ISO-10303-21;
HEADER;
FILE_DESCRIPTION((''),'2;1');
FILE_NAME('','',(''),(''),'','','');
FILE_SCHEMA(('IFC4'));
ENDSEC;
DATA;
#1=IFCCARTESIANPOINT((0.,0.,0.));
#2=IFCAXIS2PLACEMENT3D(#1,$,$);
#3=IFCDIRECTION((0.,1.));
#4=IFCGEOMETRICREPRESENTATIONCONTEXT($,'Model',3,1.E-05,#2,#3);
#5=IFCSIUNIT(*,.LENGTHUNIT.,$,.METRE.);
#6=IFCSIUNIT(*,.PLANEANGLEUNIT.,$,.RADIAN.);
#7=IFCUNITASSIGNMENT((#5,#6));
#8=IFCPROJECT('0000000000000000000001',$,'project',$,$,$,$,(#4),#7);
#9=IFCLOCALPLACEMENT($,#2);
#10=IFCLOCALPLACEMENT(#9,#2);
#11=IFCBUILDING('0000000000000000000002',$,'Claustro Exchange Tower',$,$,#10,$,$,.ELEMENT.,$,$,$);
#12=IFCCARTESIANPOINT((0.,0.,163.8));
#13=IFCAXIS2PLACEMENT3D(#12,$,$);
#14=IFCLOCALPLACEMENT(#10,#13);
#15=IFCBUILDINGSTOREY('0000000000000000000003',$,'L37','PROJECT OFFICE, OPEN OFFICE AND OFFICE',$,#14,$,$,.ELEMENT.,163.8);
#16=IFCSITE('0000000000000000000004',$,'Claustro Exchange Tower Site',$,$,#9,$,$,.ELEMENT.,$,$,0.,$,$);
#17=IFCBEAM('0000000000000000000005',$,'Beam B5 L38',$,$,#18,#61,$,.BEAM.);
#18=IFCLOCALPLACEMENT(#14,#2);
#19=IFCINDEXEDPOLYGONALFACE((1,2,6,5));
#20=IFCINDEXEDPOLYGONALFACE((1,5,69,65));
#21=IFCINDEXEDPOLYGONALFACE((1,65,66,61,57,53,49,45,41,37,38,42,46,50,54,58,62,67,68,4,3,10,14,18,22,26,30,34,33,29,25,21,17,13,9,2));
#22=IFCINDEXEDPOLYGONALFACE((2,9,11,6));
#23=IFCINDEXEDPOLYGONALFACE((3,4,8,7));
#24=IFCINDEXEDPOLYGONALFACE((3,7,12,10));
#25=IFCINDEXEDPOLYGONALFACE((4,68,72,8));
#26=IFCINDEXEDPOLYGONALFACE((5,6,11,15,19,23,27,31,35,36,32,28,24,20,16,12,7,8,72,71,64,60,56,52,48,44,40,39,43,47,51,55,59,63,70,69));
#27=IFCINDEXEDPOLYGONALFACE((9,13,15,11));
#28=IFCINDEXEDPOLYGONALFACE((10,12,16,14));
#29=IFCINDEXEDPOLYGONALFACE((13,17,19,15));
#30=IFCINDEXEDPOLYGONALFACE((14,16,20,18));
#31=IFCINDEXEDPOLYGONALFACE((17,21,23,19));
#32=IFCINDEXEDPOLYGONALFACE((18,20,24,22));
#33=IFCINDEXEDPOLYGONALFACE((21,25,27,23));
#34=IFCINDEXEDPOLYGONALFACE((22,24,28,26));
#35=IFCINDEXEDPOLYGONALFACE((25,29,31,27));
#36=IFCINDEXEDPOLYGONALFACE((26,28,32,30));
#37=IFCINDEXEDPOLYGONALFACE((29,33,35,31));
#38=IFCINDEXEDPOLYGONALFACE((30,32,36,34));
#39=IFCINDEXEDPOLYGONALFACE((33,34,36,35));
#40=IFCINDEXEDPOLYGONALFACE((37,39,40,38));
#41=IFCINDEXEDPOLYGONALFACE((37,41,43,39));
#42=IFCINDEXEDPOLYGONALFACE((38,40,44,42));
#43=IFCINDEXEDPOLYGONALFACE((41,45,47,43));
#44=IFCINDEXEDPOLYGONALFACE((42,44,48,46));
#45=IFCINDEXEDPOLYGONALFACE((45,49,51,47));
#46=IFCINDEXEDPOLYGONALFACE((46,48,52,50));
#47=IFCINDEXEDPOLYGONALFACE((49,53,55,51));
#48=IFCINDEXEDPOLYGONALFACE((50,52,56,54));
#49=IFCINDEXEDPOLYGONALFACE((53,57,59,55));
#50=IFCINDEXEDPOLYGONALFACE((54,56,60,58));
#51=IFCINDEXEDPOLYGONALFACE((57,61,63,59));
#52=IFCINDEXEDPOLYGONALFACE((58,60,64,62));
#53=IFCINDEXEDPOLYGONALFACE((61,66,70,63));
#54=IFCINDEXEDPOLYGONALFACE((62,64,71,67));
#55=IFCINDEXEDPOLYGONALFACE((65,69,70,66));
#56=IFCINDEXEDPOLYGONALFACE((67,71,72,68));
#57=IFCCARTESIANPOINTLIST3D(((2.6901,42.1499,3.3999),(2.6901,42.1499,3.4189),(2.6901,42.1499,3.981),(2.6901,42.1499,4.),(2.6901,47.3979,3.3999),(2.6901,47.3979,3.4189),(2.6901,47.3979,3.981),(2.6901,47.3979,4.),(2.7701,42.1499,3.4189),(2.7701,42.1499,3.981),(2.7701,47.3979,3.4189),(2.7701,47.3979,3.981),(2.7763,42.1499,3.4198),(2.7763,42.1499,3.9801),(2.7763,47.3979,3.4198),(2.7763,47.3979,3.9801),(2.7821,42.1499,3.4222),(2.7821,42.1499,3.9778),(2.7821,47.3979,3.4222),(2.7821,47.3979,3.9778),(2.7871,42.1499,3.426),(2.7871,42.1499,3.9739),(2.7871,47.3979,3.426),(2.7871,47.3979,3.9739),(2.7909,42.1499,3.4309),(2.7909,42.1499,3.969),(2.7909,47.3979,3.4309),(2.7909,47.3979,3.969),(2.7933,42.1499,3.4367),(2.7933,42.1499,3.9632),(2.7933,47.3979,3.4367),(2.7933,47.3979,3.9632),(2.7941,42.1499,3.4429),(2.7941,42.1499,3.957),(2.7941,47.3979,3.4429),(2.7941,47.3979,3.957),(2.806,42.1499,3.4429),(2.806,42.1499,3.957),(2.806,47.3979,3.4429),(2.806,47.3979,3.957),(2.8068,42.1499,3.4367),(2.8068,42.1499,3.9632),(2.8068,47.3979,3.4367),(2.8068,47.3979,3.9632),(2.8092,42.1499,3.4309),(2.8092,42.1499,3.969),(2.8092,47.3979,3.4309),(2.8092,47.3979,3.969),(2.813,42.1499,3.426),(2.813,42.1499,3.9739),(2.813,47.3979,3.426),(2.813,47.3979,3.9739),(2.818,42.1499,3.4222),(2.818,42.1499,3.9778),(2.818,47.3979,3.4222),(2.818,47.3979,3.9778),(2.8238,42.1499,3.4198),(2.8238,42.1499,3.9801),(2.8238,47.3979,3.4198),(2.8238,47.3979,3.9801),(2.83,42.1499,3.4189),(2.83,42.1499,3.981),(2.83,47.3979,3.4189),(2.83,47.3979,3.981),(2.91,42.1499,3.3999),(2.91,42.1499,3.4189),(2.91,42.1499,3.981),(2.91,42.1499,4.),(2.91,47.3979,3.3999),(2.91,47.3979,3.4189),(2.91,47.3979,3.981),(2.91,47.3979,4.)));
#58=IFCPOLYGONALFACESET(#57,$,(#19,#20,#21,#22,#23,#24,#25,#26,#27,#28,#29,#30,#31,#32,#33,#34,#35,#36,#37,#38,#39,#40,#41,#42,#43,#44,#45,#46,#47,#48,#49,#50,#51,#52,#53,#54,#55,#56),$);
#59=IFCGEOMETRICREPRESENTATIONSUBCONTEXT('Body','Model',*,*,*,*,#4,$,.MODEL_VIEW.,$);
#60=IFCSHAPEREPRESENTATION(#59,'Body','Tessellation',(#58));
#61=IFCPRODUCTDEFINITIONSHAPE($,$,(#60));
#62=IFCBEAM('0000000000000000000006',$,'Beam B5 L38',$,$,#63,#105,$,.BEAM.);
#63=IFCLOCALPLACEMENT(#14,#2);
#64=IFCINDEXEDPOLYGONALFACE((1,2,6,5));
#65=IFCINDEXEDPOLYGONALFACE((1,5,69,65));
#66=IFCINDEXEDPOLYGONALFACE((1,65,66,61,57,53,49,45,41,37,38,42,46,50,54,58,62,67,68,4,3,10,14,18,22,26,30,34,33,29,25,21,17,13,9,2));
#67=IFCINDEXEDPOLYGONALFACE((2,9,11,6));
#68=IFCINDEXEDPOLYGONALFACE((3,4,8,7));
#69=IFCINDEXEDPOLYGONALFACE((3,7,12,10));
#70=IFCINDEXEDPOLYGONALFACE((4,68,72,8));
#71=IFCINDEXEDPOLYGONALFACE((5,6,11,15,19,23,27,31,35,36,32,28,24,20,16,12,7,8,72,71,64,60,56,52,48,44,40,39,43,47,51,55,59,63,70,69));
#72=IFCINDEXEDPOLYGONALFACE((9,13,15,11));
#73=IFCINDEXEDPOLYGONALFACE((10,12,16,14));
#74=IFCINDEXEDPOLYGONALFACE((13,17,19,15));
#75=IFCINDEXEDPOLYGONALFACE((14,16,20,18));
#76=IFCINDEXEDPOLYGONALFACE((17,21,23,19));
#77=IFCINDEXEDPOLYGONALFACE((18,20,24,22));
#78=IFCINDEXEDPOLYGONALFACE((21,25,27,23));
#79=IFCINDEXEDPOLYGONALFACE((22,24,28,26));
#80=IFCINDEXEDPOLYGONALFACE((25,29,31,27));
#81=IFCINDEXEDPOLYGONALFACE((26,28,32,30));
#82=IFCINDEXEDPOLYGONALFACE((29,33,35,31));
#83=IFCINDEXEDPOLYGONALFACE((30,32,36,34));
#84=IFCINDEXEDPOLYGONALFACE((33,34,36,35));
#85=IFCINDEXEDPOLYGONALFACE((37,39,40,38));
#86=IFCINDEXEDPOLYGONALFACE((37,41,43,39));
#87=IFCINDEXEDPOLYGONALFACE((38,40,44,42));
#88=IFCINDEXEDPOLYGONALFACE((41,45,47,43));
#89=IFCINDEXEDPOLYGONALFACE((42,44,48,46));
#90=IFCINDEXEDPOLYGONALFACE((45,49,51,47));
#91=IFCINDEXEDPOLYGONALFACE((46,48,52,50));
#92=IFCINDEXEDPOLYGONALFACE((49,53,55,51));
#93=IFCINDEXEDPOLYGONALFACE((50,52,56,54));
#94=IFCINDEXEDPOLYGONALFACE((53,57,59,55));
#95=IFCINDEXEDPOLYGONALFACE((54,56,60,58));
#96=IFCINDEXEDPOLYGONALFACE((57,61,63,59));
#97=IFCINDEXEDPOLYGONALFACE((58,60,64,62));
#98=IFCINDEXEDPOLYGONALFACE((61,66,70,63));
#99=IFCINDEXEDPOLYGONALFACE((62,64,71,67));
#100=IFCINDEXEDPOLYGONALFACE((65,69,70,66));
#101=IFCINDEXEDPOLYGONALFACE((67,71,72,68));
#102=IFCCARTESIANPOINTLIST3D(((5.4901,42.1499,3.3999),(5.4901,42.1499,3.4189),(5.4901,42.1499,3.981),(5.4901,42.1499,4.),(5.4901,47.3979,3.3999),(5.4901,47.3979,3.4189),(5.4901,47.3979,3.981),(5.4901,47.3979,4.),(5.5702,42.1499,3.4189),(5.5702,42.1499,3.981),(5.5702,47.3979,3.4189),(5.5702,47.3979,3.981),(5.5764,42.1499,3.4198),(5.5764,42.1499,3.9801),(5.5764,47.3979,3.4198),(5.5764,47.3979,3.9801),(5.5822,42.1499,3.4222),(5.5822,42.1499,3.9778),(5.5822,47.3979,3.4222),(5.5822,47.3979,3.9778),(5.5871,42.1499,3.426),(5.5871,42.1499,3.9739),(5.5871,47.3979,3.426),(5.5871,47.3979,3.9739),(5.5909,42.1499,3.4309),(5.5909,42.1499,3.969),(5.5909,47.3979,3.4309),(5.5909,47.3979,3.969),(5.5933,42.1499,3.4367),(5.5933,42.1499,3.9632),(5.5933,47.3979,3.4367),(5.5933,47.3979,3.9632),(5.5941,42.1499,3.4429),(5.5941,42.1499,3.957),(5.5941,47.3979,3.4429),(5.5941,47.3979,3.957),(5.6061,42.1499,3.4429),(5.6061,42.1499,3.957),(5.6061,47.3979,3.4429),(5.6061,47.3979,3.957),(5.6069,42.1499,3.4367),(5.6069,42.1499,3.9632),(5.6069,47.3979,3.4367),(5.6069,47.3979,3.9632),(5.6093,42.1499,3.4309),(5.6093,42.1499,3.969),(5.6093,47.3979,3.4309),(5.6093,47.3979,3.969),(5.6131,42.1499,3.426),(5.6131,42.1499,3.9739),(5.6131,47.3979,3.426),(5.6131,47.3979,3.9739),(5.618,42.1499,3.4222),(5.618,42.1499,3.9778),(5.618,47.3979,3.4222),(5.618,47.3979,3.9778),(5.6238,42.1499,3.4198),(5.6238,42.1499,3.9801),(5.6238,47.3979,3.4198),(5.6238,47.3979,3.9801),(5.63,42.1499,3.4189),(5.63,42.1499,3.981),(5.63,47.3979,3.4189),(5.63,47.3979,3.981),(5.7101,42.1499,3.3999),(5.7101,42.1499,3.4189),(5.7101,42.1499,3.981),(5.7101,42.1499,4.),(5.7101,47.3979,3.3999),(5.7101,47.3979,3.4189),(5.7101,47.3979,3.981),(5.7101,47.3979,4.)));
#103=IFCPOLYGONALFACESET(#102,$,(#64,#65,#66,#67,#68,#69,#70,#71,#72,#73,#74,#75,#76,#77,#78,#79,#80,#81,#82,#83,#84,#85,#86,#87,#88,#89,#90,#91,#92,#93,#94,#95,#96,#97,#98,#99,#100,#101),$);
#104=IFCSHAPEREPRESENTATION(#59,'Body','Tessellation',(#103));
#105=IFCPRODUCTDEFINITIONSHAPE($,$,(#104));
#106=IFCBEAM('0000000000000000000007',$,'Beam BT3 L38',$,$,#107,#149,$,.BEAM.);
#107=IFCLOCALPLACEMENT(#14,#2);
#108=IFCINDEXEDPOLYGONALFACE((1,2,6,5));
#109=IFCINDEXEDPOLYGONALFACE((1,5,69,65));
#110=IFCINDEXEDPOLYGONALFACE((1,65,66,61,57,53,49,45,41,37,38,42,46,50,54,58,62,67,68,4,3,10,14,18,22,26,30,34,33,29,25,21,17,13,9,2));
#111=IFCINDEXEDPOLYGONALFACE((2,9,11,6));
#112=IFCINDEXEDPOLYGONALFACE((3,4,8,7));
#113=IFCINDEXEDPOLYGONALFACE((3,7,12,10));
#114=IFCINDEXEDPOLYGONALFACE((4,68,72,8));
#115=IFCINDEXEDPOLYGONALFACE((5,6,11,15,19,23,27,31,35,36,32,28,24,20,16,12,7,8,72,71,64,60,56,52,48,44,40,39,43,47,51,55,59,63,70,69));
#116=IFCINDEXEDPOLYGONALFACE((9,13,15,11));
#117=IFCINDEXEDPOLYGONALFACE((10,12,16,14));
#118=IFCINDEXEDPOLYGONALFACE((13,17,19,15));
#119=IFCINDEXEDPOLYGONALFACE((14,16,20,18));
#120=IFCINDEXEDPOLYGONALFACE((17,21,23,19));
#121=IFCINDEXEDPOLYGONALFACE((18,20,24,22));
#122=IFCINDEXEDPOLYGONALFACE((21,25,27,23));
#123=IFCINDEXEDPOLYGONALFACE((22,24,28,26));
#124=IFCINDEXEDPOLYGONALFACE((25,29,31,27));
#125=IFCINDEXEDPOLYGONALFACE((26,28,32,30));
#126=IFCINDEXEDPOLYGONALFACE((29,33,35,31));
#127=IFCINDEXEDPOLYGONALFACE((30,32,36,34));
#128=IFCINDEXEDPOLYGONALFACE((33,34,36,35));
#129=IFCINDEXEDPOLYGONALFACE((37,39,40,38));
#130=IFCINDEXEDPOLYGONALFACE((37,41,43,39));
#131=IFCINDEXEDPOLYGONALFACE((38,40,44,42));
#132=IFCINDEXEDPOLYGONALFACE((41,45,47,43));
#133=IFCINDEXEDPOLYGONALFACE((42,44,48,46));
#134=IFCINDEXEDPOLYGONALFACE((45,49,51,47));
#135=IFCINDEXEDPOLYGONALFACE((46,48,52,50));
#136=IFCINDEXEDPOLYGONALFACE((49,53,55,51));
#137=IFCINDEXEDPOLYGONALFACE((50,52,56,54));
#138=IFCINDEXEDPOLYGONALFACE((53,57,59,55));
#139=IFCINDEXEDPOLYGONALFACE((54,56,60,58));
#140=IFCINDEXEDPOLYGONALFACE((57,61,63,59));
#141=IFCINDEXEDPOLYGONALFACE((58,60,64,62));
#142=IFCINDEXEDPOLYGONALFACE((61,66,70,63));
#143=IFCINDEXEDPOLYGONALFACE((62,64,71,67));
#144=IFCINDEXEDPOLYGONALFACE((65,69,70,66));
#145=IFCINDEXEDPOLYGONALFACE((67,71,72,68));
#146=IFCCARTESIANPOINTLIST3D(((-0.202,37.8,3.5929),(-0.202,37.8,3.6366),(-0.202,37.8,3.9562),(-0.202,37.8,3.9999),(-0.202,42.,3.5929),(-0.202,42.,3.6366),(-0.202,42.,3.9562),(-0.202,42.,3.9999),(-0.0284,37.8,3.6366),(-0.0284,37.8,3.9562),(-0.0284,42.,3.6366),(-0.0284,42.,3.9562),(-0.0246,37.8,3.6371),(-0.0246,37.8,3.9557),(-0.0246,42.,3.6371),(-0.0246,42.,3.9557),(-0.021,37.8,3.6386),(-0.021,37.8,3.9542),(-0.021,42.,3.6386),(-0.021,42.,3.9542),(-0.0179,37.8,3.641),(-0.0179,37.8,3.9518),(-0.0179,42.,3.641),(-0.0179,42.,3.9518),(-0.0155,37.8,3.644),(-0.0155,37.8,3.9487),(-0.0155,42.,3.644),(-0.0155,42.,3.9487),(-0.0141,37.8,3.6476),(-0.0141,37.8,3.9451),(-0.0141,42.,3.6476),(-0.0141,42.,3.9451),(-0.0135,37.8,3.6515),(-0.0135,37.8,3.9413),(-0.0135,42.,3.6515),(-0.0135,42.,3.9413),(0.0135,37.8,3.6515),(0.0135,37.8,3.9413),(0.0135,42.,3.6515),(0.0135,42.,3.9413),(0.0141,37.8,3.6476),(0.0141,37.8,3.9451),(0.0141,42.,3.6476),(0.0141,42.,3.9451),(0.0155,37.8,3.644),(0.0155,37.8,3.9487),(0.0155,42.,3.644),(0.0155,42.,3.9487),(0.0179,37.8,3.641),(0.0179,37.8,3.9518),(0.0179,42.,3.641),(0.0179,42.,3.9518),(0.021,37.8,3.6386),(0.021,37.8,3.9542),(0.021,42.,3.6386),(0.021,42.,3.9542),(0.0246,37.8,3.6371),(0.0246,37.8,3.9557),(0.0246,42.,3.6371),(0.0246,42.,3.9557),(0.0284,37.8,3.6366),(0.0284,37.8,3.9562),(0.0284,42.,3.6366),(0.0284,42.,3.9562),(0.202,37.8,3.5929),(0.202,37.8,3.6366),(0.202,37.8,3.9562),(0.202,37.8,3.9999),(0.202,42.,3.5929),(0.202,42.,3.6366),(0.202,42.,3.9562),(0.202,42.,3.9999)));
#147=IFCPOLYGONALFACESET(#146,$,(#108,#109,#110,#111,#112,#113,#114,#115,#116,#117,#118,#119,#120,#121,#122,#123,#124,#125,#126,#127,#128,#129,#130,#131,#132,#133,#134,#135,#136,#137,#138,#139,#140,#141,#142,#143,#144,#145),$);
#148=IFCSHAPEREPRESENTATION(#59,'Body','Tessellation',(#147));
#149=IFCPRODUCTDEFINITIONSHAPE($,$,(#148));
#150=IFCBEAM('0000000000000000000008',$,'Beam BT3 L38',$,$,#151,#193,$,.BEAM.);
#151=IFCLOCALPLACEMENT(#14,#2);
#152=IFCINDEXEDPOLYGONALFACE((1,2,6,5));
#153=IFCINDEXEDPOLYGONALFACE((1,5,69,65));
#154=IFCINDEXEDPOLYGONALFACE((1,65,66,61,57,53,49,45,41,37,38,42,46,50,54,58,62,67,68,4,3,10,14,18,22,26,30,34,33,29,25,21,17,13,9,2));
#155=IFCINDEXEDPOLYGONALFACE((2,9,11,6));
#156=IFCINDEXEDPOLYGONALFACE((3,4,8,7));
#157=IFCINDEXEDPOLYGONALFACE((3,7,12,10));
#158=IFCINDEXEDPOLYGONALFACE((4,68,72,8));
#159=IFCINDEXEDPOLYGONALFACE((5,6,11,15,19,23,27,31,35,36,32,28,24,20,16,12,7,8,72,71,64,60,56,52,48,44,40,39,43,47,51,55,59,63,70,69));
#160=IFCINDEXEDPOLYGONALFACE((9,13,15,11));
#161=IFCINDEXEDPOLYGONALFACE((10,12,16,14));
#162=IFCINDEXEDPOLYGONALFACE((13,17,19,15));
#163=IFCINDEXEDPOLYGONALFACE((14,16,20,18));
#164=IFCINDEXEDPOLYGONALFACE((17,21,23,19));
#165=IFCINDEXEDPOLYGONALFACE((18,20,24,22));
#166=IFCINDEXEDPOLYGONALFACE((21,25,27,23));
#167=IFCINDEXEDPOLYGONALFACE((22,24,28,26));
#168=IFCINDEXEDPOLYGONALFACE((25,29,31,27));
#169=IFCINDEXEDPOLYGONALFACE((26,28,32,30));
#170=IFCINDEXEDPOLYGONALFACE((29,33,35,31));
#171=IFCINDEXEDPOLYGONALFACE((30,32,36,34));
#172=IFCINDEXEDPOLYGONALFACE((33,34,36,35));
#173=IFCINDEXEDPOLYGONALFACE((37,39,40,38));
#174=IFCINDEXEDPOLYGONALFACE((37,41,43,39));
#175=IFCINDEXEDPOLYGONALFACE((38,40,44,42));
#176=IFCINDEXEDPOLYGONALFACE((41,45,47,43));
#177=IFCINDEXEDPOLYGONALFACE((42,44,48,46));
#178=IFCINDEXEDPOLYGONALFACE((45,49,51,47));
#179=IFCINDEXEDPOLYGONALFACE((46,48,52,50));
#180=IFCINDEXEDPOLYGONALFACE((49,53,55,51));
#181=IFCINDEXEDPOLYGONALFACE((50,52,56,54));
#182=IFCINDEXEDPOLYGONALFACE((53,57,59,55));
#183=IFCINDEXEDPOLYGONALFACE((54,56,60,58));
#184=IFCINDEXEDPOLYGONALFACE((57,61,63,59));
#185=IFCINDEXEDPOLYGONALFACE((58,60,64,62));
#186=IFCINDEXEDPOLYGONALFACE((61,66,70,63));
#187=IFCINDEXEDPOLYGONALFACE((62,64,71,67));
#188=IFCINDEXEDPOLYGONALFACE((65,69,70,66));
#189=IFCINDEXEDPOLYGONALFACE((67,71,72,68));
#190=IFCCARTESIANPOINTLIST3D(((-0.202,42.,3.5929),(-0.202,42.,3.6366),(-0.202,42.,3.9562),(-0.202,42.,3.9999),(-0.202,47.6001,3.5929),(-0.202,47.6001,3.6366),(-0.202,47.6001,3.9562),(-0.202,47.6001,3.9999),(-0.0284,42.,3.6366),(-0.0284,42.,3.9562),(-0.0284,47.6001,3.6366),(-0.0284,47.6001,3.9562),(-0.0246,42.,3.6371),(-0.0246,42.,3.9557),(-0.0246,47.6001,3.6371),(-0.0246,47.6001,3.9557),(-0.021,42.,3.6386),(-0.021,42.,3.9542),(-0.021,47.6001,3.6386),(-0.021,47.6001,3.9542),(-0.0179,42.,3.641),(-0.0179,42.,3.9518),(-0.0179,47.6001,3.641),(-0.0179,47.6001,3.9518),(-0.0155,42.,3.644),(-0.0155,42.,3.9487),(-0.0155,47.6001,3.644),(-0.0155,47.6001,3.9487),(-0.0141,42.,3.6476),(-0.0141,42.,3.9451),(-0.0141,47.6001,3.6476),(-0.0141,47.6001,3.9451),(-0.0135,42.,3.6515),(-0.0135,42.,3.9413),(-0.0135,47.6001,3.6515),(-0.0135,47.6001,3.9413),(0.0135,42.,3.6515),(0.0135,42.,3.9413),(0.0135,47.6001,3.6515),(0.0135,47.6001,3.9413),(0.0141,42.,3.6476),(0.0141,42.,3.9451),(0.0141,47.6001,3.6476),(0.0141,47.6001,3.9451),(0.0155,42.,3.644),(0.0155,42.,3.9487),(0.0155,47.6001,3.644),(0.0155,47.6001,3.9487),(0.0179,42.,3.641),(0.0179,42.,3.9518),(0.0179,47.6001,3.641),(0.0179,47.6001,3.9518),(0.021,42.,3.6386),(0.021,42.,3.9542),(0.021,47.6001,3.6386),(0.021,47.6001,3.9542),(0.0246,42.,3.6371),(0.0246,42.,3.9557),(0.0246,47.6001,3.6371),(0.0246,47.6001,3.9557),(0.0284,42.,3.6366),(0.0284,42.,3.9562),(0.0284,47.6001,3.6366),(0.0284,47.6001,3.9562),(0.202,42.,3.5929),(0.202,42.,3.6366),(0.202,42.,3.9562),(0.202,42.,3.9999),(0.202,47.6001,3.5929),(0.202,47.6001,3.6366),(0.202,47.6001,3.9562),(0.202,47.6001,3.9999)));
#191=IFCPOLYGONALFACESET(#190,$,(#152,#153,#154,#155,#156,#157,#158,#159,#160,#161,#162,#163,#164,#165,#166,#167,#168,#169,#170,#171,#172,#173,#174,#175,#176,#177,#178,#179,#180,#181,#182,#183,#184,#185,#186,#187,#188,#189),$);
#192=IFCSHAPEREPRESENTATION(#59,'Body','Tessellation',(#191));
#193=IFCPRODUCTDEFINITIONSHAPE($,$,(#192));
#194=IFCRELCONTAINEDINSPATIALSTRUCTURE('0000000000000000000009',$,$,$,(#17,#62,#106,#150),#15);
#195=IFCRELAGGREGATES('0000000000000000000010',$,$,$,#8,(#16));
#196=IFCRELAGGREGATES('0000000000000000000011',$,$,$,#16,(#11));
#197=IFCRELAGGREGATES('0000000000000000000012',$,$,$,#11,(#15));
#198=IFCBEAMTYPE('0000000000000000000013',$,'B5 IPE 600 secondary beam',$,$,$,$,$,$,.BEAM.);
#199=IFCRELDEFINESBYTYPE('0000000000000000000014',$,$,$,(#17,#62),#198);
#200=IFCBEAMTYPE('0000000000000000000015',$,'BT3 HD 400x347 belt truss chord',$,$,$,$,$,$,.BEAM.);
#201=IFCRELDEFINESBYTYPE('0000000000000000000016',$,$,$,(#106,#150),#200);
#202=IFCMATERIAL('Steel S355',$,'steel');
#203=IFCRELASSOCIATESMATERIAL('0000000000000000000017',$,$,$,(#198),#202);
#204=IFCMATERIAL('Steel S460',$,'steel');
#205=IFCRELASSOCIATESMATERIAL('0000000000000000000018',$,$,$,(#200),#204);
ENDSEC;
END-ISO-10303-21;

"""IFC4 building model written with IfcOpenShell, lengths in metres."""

from ifc_helpers import new_model, si_unit, direction, frame, origin, origin_2d, place, context, subcontext, project, spatial, i_section, extrude, material, material_profile, profile_set, type_object, element, save


model = new_model("IFC4")

# Units and contexts
model_context = context("Model", 3, precision=1e-05, world=origin(), true_north=direction((0.0, 1.0)))
body_context = subcontext(model_context, "Body", "Model", "MODEL_VIEW")
ifc_project = project(units=[si_unit("LENGTHUNIT", "METRE"), si_unit("PLANEANGLEUNIT", "RADIAN")], contexts=[model_context])

# Site, building, storey
site_placement = place(None, origin())
site = spatial("IfcSite", under=ifc_project, at=site_placement, Name="Claustro Exchange Tower Site", CompositionType="ELEMENT", RefElevation=0.0)
building_placement = place(site_placement, origin())
building = spatial("IfcBuilding", under=site, at=building_placement, Name="Claustro Exchange Tower", CompositionType="ELEMENT")
storey_placement = place(building_placement, frame((0.0, 0.0, 163.8)))
storey = spatial("IfcBuildingStorey", under=building, at=storey_placement, Name="L37", Description="PROJECT OFFICE, OPEN OFFICE AND OFFICE", CompositionType="ELEMENT", Elevation=163.8)

# Beams
ifc_material_1 = material(Name="Steel S355", Category="steel")
ifc_material_profile_1 = material_profile(ifc_material_1, i_section(OverallWidth=0.22, OverallDepth=0.6001, WebThickness=0.012, FlangeThickness=0.019, FilletRadius=0.0239, at=origin_2d()), Name="IPE 600")
ifc_profile_set_1 = profile_set([ifc_material_profile_1], Name="Steel S355")
beam_type_1 = type_object("IfcBeamType", Name="B5 IPE 600 secondary beam", PredefinedType="BEAM", material=ifc_profile_set_1)
for number, where, z_axis, x_axis, name in (
    (1, (2.8, 42.1499, 3.7), (0.0, 1.0, 0.0), (-1.0, 0.0, 0.0), "Beam B5 L38"),
    (2, (5.6001, 42.1499, 3.7), (0.0, 1.0, 0.0), (-1.0, 0.0, 0.0), "Beam B5 L38"),
):
    element("IfcBeam", number, at=place(storey_placement, frame(where, z_axis=z_axis, x_axis=x_axis)), inside=storey, type_object=beam_type_1, Name=name, PredefinedType="BEAM", context=body_context, shape_type="SweptSolid", body=[
        extrude(i_section(OverallWidth=0.22, OverallDepth=0.6001, WebThickness=0.012, FlangeThickness=0.019, FilletRadius=0.0239, at=origin_2d()), origin(), (0.0, 0.0, 1.0), 5.248),
    ])
ifc_material_2 = material(Name="Steel S460", Category="steel")
ifc_material_profile_2 = material_profile(ifc_material_2, i_section(OverallWidth=0.4041, OverallDepth=0.407, WebThickness=0.0271, FlangeThickness=0.0437, FilletRadius=0.0149, at=origin_2d()), Name="HD 400x347")
ifc_profile_set_2 = profile_set([ifc_material_profile_2], Name="Steel S460")
beam_type_2 = type_object("IfcBeamType", Name="BT3 HD 400x347 belt truss chord", PredefinedType="BEAM", material=ifc_profile_set_2)
beam_1_placement = place(storey_placement, frame((0.0, 37.8, 3.7964), z_axis=(0.0, 1.0, 0.0), x_axis=(-1.0, 0.0, 0.0)))
element("IfcBeam", 3, at=beam_1_placement, inside=storey, type_object=beam_type_2, Name="Beam BT3 L38", PredefinedType="BEAM", context=body_context, shape_type="SweptSolid", body=[
    extrude(i_section(OverallWidth=0.4041, OverallDepth=0.407, WebThickness=0.0271, FlangeThickness=0.0437, FilletRadius=0.0149, at=origin_2d()), origin(), (0.0, 0.0, 1.0), 4.2),
])
beam_2_placement = place(storey_placement, frame((0.0, 42.0, 3.7964), z_axis=(0.0, 1.0, 0.0), x_axis=(-1.0, 0.0, 0.0)))
element("IfcBeam", 4, at=beam_2_placement, inside=storey, type_object=beam_type_2, Name="Beam BT3 L38", PredefinedType="BEAM", context=body_context, shape_type="SweptSolid", body=[
    extrude(i_section(OverallWidth=0.4041, OverallDepth=0.407, WebThickness=0.0271, FlangeThickness=0.0437, FilletRadius=0.0149, at=origin_2d()), origin(), (0.0, 0.0, 1.0), 5.6001),
])

save(model, "model.ifc")
